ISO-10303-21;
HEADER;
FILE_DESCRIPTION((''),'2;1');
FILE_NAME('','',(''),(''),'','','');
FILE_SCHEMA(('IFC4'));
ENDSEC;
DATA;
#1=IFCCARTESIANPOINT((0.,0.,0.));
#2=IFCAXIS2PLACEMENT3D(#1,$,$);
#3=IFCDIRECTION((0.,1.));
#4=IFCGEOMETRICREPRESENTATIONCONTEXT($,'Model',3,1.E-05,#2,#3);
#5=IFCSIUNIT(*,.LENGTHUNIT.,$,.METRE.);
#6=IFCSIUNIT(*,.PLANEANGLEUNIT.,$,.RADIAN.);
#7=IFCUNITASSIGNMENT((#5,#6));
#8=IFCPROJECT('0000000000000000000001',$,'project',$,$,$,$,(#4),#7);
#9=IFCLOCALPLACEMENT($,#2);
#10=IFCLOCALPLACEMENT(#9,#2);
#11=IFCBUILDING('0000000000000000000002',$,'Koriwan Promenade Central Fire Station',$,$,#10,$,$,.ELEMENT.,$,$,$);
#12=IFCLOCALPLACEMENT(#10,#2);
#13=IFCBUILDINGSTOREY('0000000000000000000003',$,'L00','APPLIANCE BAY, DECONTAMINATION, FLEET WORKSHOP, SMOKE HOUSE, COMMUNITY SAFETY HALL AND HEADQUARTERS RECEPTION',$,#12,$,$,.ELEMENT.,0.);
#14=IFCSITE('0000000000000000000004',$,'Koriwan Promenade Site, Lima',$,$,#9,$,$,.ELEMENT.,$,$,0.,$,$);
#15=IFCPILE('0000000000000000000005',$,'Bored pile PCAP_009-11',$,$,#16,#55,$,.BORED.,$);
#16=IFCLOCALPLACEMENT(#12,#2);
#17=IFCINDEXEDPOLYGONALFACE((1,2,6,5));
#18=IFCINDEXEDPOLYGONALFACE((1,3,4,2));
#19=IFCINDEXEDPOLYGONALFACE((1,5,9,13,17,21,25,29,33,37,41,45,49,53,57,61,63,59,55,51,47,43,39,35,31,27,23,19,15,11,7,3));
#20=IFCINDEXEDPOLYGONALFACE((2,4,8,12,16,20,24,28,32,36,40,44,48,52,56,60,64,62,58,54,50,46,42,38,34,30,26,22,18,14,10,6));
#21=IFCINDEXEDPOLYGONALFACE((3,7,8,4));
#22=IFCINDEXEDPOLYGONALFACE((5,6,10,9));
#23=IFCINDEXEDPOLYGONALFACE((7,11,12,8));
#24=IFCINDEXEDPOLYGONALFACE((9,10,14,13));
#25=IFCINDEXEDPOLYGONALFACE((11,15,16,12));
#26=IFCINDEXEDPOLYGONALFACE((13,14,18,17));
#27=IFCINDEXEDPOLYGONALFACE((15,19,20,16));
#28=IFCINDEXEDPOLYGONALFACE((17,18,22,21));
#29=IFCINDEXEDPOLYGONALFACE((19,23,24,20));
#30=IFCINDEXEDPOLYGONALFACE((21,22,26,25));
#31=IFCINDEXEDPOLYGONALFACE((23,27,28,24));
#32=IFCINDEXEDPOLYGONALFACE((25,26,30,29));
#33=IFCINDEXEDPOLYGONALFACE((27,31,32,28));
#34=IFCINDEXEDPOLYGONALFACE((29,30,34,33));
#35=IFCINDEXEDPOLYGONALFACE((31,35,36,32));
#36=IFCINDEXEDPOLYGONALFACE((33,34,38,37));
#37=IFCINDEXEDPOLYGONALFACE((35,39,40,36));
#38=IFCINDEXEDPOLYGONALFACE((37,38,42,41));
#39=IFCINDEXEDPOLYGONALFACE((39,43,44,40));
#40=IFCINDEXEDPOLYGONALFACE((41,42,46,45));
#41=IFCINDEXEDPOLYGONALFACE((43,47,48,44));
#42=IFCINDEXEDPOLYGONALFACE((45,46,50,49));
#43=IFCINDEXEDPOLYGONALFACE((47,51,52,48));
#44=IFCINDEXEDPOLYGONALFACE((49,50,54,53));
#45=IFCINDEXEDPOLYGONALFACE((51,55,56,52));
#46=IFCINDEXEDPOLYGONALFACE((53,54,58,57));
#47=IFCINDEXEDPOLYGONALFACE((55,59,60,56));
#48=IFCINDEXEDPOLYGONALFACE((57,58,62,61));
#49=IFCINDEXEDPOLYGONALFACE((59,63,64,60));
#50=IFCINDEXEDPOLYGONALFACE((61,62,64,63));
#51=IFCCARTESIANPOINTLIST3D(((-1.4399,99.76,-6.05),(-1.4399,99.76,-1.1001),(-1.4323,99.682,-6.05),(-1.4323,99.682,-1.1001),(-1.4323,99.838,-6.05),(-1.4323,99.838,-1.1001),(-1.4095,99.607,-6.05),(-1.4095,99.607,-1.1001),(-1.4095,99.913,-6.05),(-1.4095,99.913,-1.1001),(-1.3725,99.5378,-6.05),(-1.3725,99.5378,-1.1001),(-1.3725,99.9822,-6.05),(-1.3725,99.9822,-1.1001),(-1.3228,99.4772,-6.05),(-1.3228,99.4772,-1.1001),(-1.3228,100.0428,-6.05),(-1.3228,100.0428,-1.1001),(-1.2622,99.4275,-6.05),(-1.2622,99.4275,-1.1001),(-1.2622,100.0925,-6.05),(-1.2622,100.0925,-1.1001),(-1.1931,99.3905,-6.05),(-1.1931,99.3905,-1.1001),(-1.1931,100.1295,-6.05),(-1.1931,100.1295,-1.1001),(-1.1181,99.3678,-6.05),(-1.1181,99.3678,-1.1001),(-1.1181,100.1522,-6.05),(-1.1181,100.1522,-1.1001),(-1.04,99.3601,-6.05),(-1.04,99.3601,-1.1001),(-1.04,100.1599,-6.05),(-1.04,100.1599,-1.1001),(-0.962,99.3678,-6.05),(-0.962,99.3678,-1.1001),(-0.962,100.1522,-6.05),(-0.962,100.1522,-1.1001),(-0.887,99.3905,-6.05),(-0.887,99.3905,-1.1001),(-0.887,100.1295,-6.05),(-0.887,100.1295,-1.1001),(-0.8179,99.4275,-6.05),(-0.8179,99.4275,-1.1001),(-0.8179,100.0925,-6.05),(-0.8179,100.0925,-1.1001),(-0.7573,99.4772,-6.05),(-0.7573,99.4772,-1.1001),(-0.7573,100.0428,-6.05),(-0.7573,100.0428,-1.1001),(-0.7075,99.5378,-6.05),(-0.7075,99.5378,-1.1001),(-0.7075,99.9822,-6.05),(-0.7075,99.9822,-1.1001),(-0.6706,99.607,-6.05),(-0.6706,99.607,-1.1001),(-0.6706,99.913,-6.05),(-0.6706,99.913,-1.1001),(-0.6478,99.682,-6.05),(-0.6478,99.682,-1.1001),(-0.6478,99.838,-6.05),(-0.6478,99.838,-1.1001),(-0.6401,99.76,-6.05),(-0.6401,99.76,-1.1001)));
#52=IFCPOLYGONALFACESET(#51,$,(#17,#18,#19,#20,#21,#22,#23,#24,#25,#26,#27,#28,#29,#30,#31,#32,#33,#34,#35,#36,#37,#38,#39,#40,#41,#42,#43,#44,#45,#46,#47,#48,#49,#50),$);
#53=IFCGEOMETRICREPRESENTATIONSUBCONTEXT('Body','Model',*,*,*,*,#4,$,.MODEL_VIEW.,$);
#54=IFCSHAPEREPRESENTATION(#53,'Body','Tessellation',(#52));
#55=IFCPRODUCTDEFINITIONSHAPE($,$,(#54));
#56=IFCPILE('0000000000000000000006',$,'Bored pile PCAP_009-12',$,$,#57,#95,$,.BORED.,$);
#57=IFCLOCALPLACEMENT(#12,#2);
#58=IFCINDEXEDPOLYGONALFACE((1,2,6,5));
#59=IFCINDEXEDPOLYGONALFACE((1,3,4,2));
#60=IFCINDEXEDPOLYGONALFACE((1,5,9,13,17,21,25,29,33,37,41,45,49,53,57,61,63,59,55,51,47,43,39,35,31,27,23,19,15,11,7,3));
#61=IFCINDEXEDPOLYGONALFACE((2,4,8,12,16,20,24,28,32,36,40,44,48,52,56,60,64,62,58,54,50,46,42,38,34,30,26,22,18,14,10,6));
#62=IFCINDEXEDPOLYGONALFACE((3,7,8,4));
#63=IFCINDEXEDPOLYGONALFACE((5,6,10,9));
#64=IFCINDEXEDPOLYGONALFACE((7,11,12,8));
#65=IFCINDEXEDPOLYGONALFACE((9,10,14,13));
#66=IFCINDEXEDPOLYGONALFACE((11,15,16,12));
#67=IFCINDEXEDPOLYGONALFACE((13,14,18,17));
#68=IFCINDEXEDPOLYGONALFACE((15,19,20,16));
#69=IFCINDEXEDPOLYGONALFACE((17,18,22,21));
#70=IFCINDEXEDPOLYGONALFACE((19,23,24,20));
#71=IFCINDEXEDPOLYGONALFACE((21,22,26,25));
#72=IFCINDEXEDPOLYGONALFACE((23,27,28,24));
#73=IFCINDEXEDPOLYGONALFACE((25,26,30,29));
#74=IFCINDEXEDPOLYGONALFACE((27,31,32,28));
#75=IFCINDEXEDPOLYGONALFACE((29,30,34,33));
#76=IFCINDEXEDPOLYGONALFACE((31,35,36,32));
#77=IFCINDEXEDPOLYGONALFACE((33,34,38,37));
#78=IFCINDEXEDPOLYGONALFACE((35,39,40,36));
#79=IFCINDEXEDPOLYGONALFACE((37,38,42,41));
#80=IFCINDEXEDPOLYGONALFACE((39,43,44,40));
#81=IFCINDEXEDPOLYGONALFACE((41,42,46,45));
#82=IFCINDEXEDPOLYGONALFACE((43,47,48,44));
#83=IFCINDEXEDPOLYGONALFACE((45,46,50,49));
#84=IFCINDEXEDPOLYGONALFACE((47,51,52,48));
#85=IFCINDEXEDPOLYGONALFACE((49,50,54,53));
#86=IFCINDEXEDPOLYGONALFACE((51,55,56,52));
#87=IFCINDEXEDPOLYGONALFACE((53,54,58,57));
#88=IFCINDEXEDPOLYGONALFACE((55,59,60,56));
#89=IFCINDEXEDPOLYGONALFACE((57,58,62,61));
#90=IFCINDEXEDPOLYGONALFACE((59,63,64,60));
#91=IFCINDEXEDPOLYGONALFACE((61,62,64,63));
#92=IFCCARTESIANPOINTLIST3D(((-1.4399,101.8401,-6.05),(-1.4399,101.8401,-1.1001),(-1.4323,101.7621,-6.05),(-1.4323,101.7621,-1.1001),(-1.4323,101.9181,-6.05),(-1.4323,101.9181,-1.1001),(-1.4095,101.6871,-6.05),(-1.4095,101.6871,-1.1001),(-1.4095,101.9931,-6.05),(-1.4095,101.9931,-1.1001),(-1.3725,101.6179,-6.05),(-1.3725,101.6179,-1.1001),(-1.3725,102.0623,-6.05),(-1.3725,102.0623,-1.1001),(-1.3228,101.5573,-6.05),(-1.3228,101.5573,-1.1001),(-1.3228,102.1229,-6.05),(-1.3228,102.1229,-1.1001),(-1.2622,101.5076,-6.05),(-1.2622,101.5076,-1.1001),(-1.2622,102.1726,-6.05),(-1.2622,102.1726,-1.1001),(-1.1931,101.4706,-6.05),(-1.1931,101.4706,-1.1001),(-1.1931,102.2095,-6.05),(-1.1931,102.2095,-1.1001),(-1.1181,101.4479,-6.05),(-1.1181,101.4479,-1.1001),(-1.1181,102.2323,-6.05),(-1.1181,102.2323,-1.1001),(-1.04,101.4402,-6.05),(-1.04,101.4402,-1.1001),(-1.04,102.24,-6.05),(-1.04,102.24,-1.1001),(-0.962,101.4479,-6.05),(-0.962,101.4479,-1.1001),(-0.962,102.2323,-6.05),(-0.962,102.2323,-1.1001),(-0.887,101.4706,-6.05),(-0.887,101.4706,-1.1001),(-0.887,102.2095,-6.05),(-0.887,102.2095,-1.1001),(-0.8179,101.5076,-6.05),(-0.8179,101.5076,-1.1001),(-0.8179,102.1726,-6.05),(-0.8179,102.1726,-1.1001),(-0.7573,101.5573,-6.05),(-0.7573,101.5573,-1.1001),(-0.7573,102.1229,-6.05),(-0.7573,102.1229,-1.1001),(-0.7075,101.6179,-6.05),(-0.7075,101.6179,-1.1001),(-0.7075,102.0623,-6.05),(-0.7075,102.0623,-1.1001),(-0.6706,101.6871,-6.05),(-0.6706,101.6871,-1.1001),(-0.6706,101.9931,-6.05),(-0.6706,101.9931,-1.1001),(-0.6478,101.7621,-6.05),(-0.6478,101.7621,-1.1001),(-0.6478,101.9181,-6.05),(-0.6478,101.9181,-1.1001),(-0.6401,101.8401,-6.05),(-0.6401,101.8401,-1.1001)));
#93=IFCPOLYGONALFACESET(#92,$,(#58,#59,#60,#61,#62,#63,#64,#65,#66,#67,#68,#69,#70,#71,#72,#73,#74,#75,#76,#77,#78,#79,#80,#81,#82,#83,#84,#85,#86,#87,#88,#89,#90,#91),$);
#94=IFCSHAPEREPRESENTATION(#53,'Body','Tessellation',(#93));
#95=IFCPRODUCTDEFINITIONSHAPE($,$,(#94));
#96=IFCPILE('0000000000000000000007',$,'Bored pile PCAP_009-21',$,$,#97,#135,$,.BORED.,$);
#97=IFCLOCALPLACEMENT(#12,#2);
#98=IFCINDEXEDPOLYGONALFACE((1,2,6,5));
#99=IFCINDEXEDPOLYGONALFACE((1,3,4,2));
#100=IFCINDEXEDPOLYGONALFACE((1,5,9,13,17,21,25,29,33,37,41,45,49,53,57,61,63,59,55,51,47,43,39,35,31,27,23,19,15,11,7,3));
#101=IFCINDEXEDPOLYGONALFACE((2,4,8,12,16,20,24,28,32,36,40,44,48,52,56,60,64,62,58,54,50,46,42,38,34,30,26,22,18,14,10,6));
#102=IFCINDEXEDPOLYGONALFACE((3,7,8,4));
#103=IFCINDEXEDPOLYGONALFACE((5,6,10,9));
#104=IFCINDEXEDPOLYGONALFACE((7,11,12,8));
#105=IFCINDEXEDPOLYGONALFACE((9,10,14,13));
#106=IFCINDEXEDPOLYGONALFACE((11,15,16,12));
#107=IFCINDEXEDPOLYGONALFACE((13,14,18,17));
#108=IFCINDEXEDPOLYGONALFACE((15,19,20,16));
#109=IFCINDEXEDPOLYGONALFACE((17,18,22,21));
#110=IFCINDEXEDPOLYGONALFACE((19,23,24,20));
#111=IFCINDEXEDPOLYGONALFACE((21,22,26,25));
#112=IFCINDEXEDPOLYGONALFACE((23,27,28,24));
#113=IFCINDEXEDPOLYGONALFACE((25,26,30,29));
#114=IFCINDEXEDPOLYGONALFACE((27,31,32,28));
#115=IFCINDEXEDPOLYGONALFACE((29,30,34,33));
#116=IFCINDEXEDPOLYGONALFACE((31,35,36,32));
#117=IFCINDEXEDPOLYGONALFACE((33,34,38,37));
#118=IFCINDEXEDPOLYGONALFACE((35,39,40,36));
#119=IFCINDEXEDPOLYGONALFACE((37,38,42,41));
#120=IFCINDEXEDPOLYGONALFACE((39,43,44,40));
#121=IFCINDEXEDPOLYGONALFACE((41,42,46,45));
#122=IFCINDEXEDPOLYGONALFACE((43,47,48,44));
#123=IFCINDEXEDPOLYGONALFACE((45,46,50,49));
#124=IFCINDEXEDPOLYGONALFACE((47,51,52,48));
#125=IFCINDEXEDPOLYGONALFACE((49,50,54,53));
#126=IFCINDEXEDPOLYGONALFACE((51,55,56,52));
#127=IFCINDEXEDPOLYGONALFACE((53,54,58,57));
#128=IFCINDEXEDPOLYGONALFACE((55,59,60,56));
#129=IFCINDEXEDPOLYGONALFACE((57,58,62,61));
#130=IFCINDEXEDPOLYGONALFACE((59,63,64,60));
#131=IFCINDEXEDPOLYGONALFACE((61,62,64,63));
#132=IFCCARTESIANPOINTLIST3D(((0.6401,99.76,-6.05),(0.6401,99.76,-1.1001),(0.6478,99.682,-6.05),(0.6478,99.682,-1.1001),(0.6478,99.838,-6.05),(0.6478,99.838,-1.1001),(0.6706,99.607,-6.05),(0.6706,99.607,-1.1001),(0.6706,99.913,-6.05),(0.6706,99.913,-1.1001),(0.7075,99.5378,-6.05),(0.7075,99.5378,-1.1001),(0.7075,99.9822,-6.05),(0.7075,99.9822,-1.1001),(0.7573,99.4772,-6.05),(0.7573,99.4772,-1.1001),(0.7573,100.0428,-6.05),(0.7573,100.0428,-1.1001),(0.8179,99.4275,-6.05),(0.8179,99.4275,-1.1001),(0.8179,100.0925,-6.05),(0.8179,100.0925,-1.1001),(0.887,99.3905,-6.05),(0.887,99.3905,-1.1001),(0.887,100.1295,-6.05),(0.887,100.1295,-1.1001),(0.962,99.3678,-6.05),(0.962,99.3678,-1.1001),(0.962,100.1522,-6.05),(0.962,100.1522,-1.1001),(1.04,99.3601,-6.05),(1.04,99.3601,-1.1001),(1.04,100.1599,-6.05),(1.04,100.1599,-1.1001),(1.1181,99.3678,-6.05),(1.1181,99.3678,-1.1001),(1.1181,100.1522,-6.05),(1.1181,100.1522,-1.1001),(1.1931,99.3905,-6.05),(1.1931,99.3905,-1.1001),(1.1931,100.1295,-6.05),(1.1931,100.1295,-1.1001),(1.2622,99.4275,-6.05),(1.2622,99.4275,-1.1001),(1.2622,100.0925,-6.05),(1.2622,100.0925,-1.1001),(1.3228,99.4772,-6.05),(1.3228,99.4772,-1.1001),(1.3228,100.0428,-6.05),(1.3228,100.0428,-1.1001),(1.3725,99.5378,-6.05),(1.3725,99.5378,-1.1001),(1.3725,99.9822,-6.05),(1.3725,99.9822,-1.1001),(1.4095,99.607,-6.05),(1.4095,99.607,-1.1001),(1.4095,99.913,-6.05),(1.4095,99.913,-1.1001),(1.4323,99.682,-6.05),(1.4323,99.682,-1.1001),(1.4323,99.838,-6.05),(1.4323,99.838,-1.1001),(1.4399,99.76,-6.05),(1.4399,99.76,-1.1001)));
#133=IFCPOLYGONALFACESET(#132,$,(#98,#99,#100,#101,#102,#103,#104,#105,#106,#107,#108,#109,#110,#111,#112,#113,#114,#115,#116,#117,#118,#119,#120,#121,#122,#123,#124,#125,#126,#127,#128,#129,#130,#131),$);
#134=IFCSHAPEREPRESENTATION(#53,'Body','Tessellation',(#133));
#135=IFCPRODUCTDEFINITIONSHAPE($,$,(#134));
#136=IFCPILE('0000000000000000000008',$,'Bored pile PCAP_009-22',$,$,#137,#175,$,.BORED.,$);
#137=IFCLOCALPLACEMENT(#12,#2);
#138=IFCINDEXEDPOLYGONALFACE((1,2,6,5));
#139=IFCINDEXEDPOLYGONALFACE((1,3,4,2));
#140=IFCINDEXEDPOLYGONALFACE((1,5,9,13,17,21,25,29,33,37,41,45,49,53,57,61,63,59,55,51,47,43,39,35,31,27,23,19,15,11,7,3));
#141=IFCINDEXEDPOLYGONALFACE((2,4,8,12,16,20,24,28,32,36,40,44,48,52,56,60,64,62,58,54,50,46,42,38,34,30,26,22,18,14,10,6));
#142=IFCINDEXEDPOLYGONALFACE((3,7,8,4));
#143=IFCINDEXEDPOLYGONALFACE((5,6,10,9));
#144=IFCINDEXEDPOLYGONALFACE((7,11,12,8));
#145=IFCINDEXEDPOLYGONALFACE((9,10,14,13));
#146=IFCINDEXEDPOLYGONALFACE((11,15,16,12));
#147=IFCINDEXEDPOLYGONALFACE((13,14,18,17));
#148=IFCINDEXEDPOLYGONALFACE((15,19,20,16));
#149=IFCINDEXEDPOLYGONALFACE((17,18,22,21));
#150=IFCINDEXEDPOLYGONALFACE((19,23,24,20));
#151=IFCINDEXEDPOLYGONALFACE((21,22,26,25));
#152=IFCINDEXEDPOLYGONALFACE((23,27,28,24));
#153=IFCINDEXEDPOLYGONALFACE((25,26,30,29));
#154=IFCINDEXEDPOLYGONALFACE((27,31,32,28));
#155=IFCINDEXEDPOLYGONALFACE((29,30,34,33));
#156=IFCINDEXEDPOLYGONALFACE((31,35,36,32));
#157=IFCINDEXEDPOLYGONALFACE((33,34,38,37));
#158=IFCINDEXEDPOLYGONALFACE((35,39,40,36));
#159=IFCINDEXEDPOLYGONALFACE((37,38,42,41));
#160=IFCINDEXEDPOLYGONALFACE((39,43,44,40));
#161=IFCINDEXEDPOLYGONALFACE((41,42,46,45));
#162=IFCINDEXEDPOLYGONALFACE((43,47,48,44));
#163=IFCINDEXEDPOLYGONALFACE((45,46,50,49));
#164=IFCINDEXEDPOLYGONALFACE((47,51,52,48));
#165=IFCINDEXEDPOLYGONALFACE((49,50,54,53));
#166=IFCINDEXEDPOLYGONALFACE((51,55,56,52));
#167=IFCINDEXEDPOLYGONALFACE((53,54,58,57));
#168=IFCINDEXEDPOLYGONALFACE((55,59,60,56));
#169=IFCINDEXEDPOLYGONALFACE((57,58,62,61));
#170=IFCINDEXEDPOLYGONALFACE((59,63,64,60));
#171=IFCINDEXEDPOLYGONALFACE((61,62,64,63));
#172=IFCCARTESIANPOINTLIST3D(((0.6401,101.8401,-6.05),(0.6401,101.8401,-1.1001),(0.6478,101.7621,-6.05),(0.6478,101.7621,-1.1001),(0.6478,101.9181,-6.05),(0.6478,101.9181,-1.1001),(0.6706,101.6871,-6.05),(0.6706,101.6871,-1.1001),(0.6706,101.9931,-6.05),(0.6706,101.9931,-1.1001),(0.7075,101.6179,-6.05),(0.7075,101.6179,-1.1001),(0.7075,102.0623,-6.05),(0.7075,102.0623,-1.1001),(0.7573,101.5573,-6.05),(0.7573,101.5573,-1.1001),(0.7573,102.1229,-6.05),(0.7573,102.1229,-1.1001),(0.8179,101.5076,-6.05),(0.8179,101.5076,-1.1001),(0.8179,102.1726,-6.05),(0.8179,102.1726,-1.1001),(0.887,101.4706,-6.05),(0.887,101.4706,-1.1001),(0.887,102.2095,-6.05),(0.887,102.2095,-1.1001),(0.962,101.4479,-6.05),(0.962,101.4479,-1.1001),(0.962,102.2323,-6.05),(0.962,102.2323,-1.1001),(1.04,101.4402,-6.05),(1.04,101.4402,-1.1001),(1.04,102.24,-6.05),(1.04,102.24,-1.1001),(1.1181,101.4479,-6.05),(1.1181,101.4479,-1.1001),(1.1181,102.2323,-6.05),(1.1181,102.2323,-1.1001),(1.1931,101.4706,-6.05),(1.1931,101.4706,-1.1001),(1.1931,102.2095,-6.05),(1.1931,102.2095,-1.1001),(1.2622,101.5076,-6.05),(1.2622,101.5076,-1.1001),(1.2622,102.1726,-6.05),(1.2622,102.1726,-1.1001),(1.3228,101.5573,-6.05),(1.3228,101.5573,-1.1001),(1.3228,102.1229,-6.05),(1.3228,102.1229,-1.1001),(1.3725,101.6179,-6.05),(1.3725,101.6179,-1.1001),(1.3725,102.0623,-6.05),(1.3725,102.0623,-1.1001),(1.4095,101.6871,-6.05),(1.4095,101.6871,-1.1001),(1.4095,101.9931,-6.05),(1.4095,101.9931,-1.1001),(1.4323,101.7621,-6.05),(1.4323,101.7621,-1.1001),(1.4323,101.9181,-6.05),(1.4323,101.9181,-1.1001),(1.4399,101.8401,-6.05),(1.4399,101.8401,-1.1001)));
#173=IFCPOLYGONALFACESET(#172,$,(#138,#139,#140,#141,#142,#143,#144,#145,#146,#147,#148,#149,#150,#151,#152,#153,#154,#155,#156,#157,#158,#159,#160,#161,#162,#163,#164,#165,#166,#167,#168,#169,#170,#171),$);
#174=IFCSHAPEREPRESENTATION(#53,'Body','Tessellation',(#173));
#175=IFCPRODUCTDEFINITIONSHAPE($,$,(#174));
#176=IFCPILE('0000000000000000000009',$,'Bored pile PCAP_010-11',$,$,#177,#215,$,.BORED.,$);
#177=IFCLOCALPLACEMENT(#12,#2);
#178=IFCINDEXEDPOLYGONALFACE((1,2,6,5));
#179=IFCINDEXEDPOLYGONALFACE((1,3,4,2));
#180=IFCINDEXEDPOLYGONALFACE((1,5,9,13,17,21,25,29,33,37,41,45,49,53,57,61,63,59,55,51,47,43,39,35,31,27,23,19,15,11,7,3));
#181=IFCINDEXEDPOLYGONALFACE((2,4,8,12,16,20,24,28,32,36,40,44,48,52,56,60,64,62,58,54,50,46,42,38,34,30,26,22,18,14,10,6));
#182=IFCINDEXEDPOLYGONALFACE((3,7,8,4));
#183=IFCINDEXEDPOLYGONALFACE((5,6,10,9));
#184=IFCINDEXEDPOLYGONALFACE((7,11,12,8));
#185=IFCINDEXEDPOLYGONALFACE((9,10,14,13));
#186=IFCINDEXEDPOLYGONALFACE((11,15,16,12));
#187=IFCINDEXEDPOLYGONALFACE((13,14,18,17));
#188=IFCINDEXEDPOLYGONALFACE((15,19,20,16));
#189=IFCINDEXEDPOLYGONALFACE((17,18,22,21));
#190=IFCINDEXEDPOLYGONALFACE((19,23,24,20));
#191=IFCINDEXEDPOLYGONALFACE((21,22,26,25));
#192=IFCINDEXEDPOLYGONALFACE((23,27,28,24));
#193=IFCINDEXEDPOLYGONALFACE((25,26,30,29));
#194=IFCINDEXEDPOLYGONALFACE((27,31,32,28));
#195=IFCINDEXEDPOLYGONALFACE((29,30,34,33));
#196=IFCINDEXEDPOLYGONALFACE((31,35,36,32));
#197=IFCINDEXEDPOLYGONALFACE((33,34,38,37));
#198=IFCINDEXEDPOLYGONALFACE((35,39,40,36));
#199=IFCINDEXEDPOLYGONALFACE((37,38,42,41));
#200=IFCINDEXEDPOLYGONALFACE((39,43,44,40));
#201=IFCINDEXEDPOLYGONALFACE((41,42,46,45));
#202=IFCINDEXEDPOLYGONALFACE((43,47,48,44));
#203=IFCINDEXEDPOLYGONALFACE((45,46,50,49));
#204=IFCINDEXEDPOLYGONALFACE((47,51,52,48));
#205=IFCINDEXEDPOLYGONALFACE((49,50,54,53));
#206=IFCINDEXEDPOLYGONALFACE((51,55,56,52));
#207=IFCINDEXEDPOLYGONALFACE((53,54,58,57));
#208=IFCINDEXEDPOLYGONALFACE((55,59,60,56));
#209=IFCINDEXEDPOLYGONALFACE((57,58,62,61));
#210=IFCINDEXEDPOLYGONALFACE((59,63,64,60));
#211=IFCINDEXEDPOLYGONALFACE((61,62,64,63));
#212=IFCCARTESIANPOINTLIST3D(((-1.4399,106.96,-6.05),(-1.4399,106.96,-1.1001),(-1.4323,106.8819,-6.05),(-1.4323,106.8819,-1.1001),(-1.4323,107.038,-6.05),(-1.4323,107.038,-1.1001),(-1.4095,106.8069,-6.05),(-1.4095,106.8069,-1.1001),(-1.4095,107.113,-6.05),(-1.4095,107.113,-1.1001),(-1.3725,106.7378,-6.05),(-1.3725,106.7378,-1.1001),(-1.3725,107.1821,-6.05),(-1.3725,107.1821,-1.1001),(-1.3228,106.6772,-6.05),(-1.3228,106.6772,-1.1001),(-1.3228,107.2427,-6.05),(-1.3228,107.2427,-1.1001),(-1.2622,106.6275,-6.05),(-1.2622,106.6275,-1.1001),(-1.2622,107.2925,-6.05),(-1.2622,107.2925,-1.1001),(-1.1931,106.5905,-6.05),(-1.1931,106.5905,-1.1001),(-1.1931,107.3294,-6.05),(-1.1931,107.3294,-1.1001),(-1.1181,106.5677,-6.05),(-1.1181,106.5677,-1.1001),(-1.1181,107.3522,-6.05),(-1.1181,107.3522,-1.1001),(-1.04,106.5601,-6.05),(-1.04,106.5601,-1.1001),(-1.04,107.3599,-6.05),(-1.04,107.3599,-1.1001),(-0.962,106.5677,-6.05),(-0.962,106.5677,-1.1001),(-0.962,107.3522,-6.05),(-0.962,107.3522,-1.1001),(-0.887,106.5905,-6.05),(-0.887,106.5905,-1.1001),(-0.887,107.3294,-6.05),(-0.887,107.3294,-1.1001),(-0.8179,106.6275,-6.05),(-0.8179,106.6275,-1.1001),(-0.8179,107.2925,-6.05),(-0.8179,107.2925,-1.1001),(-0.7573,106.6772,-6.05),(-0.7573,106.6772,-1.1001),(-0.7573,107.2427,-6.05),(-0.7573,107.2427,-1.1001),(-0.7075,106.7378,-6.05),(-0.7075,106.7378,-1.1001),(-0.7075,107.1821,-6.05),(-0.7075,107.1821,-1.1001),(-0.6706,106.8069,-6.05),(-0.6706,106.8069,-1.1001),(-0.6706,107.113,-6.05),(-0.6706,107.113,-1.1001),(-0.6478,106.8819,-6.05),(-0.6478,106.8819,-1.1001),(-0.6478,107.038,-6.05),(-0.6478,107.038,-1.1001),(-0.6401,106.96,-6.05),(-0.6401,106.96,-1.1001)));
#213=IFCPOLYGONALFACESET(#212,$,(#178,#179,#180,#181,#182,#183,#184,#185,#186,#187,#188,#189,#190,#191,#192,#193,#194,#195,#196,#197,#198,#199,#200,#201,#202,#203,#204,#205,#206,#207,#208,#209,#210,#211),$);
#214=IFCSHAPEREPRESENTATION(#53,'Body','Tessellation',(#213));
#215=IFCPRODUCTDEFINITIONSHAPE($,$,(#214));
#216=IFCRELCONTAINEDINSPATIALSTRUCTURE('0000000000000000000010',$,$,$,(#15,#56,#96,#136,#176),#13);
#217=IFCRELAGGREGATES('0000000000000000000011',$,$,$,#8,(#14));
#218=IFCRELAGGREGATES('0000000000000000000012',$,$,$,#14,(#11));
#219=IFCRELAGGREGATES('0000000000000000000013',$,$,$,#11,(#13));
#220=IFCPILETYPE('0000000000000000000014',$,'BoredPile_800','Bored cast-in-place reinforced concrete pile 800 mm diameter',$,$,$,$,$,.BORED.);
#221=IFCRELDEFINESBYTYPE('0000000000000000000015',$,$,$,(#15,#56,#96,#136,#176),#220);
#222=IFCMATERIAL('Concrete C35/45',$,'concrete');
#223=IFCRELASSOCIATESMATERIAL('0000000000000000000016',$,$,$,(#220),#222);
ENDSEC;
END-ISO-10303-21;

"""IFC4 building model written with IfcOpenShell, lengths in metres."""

from ifc_helpers import new_model, si_unit, direction, frame, origin, origin_2d, place, context, subcontext, project, spatial, circle, extrude, material, material_profile, profile_set, type_object, element, save


model = new_model("IFC4")

# Units and contexts
model_context = context("Model", 3, precision=1e-05, world=origin(), true_north=direction((0.0, 1.0)))
body_context = subcontext(model_context, "Body", "Model", "MODEL_VIEW")
ifc_project = project(units=[si_unit("LENGTHUNIT", "METRE"), si_unit("PLANEANGLEUNIT", "RADIAN")], contexts=[model_context])

# Site, building, storey
site_placement = place(None, origin())
site = spatial("IfcSite", under=ifc_project, at=site_placement, Name="Koriwan Promenade Site, Lima", CompositionType="ELEMENT", RefElevation=0.0)
building_placement = place(site_placement, origin())
building = spatial("IfcBuilding", under=site, at=building_placement, Name="Koriwan Promenade Central Fire Station", CompositionType="ELEMENT")
storey_placement = place(building_placement, origin())
storey = spatial("IfcBuildingStorey", under=building, at=storey_placement, Name="L00", Description="APPLIANCE BAY, DECONTAMINATION, FLEET WORKSHOP, SMOKE HOUSE, COMMUNITY SAFETY HALL AND HEADQUARTERS RECEPTION", CompositionType="ELEMENT", Elevation=0.0)

# Piles
ifc_material_1 = material(Name="Concrete C35/45", Category="concrete")
ifc_material_profile_1 = material_profile(ifc_material_1, circle(Radius=0.3999, at=origin_2d()), Name="PILE-D800")
ifc_profile_set_1 = profile_set([ifc_material_profile_1], Name="Concrete C35/45")
pile_type = type_object("IfcPileType", Name="BoredPile_800", Description="Bored cast-in-place reinforced concrete pile 800 mm diameter", PredefinedType="BORED", material=ifc_profile_set_1)
for number, where, z_axis, x_axis, name in (
    (1, (-1.04, 99.76, -1.1001), (0.0, 0.0, -1.0), (1.0, 0.0, 0.0), "Bored pile PCAP_009-11"),
    (2, (-1.04, 101.8401, -1.1001), (0.0, 0.0, -1.0), (1.0, 0.0, 0.0), "Bored pile PCAP_009-12"),
    (3, (1.04, 99.76, -1.1001), (0.0, 0.0, -1.0), (1.0, 0.0, 0.0), "Bored pile PCAP_009-21"),
    (4, (1.04, 101.8401, -1.1001), (0.0, 0.0, -1.0), (1.0, 0.0, 0.0), "Bored pile PCAP_009-22"),
    (5, (-1.04, 106.96, -1.1001), (0.0, 0.0, -1.0), (1.0, 0.0, 0.0), "Bored pile PCAP_010-11"),
):
    element("IfcPile", number, at=place(storey_placement, frame(where, z_axis=z_axis, x_axis=x_axis)), inside=storey, type_object=pile_type, Name=name, PredefinedType="BORED", context=body_context, shape_type="SweptSolid", body=[
        extrude(circle(Radius=0.3999, at=origin_2d()), origin(), (0.0, 0.0, 1.0), 4.95),
    ])

save(model, "model.ifc")
